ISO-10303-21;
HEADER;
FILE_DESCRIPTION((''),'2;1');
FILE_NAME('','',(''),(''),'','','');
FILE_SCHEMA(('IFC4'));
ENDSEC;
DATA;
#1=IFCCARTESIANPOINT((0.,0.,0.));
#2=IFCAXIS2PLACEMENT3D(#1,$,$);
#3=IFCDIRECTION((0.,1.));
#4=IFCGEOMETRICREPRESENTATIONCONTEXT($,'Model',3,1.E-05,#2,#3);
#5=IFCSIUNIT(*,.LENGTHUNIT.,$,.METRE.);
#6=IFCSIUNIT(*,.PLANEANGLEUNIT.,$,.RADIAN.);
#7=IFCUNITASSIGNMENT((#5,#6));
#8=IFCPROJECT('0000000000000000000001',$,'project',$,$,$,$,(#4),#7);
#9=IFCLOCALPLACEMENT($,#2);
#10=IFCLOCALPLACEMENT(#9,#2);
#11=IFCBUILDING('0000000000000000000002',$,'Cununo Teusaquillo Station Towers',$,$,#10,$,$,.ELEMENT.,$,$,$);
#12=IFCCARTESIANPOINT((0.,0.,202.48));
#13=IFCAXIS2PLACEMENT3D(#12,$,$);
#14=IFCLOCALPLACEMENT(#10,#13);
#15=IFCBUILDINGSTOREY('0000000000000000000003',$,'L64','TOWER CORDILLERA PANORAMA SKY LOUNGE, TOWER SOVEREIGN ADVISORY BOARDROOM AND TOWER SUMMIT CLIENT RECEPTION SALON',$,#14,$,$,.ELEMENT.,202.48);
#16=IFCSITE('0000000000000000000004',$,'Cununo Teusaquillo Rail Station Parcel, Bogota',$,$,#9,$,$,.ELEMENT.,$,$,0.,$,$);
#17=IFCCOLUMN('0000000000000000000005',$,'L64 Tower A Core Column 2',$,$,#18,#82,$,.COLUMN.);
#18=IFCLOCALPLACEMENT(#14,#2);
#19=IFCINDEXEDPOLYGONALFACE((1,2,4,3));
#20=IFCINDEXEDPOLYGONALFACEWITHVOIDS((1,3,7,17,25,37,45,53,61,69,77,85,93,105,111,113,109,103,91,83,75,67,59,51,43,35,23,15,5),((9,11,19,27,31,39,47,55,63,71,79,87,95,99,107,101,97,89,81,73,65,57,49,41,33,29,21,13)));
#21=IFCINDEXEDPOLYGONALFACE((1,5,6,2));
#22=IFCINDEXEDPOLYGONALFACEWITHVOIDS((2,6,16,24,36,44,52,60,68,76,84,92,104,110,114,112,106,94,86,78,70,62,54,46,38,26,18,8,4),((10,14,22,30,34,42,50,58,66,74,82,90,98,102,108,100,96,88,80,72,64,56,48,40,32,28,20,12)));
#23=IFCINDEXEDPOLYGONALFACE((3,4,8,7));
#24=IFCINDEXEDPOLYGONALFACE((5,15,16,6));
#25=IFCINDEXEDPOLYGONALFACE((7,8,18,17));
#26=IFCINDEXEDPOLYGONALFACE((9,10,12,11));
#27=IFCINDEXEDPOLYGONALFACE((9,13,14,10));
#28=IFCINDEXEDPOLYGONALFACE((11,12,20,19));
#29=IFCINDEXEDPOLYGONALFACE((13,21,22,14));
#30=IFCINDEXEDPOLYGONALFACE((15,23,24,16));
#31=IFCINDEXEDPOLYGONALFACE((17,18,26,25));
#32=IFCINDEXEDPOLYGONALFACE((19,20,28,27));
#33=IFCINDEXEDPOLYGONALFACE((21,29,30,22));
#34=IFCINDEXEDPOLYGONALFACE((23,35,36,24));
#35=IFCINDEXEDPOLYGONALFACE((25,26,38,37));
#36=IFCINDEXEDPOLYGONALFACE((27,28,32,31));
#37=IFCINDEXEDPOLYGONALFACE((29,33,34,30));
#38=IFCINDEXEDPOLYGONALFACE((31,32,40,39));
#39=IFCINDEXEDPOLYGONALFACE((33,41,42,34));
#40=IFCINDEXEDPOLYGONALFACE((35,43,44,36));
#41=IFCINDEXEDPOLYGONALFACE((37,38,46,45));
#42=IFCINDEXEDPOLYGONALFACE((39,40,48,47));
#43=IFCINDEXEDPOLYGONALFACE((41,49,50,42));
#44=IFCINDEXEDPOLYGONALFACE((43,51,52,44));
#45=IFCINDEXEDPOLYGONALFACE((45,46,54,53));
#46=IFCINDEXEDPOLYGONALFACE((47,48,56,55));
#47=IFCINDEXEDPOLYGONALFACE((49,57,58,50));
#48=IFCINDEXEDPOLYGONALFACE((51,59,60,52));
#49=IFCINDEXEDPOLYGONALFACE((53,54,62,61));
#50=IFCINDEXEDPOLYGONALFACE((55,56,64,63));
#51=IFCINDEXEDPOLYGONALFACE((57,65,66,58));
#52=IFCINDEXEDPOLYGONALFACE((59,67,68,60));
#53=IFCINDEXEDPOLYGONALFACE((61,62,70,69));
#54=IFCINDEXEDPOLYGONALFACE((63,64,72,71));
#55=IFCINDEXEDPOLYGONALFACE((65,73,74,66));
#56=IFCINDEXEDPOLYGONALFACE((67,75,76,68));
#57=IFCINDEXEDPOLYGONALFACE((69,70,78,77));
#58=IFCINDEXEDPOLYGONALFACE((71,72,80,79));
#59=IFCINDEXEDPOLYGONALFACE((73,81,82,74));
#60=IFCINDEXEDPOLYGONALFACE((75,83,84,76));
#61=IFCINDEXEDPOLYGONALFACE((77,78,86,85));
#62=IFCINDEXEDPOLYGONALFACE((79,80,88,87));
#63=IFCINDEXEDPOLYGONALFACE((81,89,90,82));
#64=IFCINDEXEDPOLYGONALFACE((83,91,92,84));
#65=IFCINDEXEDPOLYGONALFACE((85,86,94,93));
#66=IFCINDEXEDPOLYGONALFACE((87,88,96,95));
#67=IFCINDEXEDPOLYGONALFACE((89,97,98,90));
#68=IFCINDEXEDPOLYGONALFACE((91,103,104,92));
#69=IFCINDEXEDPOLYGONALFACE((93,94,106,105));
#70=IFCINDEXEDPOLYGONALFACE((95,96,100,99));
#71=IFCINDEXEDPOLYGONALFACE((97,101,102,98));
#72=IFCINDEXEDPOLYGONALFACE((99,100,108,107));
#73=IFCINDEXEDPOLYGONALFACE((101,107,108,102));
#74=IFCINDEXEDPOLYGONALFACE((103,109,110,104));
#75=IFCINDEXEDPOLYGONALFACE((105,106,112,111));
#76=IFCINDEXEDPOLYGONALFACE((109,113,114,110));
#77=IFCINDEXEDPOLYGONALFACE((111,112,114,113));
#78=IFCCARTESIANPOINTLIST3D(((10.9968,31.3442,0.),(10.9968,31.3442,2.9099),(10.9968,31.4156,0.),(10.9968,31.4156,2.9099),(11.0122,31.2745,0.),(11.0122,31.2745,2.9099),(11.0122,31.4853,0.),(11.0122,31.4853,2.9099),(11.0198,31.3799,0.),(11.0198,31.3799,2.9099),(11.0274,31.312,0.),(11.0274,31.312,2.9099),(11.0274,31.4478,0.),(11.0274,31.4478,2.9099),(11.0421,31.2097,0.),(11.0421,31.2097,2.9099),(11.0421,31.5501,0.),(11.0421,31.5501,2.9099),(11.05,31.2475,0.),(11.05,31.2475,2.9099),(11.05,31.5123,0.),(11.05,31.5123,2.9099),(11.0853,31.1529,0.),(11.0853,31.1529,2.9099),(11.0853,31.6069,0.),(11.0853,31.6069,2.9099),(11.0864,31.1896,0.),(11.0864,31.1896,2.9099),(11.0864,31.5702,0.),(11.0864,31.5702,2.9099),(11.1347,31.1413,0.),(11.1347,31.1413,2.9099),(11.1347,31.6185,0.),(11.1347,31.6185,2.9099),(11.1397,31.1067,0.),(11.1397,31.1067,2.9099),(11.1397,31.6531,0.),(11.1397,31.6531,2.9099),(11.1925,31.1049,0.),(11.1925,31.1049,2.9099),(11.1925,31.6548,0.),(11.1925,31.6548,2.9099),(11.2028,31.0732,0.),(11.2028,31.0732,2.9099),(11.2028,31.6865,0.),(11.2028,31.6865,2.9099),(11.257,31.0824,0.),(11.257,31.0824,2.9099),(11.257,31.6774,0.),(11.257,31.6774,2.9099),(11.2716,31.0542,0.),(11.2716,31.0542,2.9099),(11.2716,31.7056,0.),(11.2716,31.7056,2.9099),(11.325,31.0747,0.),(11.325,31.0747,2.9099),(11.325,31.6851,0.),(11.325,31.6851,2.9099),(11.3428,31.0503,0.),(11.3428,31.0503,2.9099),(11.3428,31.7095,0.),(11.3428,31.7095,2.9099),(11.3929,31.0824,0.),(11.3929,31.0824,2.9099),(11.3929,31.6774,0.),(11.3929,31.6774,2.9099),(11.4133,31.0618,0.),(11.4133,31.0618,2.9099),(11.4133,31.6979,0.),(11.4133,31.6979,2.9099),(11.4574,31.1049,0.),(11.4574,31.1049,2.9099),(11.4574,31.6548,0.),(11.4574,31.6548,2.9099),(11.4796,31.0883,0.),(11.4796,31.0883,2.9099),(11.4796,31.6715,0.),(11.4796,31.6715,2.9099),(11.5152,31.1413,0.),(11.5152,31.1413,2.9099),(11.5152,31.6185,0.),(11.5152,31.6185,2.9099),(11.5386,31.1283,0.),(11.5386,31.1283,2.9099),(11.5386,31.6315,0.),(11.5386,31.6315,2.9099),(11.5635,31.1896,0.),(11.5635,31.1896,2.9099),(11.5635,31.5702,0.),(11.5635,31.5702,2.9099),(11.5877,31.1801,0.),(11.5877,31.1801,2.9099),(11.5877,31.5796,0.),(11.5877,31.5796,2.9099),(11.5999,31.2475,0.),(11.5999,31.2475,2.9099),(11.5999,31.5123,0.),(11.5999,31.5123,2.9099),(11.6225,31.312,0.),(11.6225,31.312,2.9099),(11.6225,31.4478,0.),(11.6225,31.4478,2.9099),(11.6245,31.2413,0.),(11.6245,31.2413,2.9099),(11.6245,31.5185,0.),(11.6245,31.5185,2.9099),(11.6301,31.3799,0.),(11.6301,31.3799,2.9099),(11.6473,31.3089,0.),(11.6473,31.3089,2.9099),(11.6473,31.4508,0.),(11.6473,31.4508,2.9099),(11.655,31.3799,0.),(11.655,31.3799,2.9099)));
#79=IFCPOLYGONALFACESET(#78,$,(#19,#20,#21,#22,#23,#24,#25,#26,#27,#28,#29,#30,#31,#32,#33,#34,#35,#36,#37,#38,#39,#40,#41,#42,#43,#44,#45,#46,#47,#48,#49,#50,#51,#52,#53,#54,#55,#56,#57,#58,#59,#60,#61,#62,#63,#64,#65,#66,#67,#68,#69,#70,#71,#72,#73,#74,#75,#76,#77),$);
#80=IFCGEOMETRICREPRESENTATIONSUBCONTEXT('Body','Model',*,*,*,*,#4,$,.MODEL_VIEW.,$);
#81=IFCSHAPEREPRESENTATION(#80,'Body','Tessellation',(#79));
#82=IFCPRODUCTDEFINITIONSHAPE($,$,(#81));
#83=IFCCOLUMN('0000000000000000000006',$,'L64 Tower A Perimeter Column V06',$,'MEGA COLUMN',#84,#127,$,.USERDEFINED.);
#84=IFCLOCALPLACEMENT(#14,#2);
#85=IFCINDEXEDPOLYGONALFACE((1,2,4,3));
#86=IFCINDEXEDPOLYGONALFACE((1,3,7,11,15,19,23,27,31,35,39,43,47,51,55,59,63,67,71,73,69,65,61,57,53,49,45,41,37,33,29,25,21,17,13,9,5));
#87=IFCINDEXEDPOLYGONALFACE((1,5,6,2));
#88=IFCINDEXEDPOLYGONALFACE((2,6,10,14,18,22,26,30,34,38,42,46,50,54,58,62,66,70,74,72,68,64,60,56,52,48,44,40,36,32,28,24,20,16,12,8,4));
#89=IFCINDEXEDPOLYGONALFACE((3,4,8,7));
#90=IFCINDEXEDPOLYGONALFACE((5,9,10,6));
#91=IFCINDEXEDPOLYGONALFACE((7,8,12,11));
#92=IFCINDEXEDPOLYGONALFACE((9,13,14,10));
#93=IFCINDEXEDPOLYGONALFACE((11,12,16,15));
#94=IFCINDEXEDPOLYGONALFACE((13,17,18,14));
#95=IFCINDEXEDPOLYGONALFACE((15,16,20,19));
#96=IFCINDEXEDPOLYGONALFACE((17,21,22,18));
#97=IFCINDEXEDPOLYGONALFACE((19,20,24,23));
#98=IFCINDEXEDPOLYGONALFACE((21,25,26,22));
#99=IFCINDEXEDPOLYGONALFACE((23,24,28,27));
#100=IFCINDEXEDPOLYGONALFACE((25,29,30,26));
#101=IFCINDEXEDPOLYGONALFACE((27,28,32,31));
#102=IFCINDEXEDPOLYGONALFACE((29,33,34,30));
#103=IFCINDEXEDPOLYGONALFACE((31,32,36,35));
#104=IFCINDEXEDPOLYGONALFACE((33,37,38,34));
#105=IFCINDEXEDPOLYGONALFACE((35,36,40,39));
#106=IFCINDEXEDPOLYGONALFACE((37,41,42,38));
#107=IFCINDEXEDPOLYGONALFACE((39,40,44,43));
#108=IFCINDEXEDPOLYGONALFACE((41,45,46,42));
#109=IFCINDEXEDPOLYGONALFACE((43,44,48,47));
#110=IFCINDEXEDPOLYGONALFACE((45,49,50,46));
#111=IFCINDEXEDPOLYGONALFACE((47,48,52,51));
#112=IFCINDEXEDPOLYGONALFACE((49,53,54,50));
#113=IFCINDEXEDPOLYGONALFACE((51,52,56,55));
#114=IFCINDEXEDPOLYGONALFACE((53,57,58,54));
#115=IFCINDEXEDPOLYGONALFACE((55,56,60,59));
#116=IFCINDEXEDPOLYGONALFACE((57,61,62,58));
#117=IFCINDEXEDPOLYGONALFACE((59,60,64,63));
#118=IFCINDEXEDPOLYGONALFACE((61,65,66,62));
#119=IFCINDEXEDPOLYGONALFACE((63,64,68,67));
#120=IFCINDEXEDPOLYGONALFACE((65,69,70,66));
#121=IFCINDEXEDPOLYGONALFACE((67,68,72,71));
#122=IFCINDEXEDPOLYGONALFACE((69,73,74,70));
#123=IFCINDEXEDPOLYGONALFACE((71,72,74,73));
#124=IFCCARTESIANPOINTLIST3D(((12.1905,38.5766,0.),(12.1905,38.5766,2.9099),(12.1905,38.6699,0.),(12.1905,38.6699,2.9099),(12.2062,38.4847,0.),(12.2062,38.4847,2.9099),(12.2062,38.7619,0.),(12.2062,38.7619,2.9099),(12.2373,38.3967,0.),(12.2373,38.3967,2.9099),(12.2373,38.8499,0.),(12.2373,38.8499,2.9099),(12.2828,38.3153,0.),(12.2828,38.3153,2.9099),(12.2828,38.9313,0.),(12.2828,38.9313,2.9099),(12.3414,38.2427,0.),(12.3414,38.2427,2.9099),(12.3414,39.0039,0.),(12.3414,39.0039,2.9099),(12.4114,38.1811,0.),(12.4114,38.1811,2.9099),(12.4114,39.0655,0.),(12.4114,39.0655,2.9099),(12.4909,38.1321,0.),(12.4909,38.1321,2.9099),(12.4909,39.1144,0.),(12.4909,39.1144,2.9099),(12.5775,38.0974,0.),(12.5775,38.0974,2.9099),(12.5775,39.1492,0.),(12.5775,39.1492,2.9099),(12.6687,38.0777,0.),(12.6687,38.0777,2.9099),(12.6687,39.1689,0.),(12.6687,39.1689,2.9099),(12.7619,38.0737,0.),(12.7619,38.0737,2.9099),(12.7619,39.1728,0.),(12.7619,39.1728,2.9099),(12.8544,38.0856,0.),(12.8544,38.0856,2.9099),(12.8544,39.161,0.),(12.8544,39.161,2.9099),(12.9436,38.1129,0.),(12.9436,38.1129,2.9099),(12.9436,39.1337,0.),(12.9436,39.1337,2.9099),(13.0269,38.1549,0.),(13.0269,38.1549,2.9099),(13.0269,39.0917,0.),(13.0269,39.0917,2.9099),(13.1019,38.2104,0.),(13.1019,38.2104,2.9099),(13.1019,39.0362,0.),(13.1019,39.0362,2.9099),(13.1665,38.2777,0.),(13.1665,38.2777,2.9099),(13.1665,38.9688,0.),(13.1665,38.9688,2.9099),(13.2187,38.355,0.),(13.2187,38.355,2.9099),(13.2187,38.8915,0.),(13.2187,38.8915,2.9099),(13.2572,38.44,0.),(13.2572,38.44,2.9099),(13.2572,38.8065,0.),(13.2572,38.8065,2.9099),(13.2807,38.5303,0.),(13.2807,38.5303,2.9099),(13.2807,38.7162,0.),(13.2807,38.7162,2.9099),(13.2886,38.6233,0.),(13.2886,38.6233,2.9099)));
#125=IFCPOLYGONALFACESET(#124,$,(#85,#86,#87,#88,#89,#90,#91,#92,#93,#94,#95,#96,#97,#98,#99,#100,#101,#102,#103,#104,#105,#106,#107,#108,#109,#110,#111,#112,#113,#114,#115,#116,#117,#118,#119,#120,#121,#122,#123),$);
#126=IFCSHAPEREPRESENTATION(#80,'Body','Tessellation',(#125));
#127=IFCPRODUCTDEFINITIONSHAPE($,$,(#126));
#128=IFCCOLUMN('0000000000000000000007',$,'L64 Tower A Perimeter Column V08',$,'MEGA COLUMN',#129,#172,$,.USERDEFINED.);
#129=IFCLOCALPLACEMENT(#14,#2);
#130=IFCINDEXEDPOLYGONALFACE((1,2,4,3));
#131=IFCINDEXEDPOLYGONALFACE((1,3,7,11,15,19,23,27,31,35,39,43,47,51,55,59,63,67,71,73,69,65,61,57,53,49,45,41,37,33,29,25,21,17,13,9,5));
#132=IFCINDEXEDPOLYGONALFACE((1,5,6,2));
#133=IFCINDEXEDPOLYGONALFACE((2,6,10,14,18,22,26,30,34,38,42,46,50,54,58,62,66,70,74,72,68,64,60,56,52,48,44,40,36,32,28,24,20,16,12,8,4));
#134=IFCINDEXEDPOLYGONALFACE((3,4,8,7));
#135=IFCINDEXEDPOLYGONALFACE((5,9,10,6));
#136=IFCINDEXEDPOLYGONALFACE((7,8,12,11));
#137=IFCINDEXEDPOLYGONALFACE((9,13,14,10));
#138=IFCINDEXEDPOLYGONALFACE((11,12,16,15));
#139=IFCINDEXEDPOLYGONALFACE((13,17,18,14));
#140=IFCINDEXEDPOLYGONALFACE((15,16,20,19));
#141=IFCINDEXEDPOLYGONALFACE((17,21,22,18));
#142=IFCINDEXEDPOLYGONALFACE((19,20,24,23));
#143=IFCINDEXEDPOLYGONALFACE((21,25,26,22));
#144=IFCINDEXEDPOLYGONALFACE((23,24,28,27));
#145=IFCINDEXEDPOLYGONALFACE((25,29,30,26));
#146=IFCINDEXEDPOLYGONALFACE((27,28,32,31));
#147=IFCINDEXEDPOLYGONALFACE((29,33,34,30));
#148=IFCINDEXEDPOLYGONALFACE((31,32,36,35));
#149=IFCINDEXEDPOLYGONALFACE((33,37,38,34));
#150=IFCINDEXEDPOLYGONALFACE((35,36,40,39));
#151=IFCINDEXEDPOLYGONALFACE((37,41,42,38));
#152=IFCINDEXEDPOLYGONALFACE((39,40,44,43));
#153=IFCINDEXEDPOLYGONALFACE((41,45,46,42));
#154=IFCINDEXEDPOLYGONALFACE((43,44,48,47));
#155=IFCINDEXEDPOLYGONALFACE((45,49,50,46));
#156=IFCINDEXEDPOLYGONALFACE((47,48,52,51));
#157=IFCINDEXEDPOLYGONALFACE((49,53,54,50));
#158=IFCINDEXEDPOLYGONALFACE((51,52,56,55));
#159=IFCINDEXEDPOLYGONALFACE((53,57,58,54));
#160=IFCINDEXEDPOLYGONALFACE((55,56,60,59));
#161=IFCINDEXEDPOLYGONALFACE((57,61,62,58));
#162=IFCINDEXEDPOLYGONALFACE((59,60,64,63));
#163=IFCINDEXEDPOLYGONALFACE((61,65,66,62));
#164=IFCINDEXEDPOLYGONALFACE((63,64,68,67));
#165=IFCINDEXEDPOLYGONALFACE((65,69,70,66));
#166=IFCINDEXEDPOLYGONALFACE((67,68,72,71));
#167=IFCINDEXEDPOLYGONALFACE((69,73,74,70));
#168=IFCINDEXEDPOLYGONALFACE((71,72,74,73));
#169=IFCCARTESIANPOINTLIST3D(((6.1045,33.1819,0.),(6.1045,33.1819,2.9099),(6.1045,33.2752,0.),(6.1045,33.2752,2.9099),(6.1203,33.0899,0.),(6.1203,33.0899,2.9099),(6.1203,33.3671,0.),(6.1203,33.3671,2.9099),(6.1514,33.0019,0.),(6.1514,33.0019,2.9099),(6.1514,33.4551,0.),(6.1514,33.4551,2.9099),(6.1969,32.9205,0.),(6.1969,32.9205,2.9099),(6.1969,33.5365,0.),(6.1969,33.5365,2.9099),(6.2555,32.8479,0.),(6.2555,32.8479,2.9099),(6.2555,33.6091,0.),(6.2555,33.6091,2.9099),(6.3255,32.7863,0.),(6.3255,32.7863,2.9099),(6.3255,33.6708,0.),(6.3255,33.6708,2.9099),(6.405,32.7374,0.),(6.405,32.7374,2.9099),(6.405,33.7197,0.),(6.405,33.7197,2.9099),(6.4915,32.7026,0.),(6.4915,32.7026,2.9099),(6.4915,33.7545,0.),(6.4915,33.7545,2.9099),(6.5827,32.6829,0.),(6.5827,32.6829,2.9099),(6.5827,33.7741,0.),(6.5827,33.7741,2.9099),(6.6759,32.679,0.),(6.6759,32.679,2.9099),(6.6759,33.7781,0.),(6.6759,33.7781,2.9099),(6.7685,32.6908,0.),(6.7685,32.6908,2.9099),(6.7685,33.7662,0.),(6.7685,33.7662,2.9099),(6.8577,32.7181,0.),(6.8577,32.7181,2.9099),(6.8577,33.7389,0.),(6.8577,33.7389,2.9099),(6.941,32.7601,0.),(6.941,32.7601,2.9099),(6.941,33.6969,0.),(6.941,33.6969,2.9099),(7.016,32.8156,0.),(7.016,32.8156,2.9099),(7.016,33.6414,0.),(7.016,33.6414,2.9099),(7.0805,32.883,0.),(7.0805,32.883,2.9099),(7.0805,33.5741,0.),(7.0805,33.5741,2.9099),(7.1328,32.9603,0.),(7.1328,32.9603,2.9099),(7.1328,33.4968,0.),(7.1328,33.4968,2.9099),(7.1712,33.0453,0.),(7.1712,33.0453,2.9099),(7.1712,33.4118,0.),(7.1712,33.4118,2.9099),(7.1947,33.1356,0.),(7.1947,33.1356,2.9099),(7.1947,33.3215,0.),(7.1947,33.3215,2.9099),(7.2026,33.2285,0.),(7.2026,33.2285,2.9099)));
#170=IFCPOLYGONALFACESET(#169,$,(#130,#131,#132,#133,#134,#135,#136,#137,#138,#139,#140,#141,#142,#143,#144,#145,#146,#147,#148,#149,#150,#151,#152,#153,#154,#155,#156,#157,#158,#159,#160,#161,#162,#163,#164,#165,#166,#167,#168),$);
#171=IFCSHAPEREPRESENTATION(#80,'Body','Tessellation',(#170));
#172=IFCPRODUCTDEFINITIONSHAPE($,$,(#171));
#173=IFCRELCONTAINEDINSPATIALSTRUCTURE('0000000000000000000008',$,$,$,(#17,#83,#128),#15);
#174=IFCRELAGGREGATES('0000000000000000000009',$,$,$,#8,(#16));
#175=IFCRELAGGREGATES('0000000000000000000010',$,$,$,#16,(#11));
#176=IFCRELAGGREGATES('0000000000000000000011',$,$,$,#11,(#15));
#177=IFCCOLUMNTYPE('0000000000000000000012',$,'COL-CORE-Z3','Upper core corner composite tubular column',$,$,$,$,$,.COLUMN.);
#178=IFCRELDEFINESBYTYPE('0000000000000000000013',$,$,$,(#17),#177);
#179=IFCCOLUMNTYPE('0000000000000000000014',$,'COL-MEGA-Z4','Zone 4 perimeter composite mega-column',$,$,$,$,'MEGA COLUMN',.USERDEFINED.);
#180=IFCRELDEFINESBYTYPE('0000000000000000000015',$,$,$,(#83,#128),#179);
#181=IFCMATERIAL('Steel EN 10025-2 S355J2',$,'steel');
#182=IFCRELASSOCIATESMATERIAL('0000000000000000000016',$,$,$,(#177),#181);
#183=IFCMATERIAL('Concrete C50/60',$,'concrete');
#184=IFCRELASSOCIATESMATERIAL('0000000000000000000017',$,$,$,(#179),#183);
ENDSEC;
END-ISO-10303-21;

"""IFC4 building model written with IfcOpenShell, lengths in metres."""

from ifc_helpers import new_model, si_unit, direction, frame, origin, origin_2d, place, context, subcontext, project, spatial, circle, hollow_circle, extrude, material, material_profile, profile_set, type_object, element, save


model = new_model("IFC4")

# Units and contexts
model_context = context("Model", 3, precision=1e-05, world=origin(), true_north=direction((0.0, 1.0)))
body_context = subcontext(model_context, "Body", "Model", "MODEL_VIEW")
ifc_project = project(units=[si_unit("LENGTHUNIT", "METRE"), si_unit("PLANEANGLEUNIT", "RADIAN")], contexts=[model_context])

# Site, building, storey
site_placement = place(None, origin())
site = spatial("IfcSite", under=ifc_project, at=site_placement, Name="Cununo Teusaquillo Rail Station Parcel, Bogota", CompositionType="ELEMENT", RefElevation=0.0)
building_placement = place(site_placement, origin())
building = spatial("IfcBuilding", under=site, at=building_placement, Name="Cununo Teusaquillo Station Towers", CompositionType="ELEMENT")
storey_placement = place(building_placement, frame((0.0, 0.0, 202.48)))
storey = spatial("IfcBuildingStorey", under=building, at=storey_placement, Name="L64", Description="TOWER CORDILLERA PANORAMA SKY LOUNGE, TOWER SOVEREIGN ADVISORY BOARDROOM AND TOWER SUMMIT CLIENT RECEPTION SALON", CompositionType="ELEMENT", Elevation=202.48)

# Columns
ifc_material_1 = material(Name="Steel EN 10025-2 S355J2", Category="steel")
ifc_material_profile_1 = material_profile(ifc_material_1, hollow_circle(Radius=0.3301, WallThickness=0.0249, at=origin_2d()), Name="CHS 660x25")
ifc_profile_set_1 = profile_set([ifc_material_profile_1], Name="Steel EN 10025-2 S355J2")
column_type_1 = type_object("IfcColumnType", Name="COL-CORE-Z3", Description="Upper core corner composite tubular column", PredefinedType="COLUMN", material=ifc_profile_set_1)
column_placement = place(storey_placement, frame((11.325, 31.3799, 0.0), z_axis=(0.0, 0.0, 1.0), x_axis=(1.0, 0.0, 0.0)))
element("IfcColumn", 1, at=column_placement, inside=storey, type_object=column_type_1, Name="L64 Tower A Core Column 2", PredefinedType="COLUMN", context=body_context, shape_type="SweptSolid", body=[
    extrude(hollow_circle(Radius=0.3301, WallThickness=0.0249, at=origin_2d()), origin(), (0.0, 0.0, 1.0), 2.9099),
])
ifc_material_2 = material(Name="Concrete C50/60", Category="concrete")
ifc_material_profile_2 = material_profile(ifc_material_2, circle(Radius=0.55, at=origin_2d()), Name="RC-CIRC-1100")
ifc_profile_set_2 = profile_set([ifc_material_profile_2], Name="Concrete C50/60")
column_type_2 = type_object("IfcColumnType", Name="COL-MEGA-Z4", Description="Zone 4 perimeter composite mega-column", ElementType="MEGA COLUMN", PredefinedType="USERDEFINED", material=ifc_profile_set_2)
for number, where, z_axis, x_axis, name in (
    (2, (12.7385, 38.6233, 0.0), (0.0, 0.0, 1.0), (1.0, 0.0, 0.0), "L64 Tower A Perimeter Column V06"),
    (3, (6.6526, 33.2285, 0.0), (0.0, 0.0, 1.0), (1.0, 0.0, 0.0), "L64 Tower A Perimeter Column V08"),
):
    element("IfcColumn", number, at=place(storey_placement, frame(where, z_axis=z_axis, x_axis=x_axis)), inside=storey, type_object=column_type_2, Name=name, ObjectType="MEGA COLUMN", PredefinedType="USERDEFINED", context=body_context, shape_type="SweptSolid", body=[
        extrude(circle(Radius=0.55, at=origin_2d()), origin(), (0.0, 0.0, 1.0), 2.9099),
    ])

save(model, "model.ifc")
